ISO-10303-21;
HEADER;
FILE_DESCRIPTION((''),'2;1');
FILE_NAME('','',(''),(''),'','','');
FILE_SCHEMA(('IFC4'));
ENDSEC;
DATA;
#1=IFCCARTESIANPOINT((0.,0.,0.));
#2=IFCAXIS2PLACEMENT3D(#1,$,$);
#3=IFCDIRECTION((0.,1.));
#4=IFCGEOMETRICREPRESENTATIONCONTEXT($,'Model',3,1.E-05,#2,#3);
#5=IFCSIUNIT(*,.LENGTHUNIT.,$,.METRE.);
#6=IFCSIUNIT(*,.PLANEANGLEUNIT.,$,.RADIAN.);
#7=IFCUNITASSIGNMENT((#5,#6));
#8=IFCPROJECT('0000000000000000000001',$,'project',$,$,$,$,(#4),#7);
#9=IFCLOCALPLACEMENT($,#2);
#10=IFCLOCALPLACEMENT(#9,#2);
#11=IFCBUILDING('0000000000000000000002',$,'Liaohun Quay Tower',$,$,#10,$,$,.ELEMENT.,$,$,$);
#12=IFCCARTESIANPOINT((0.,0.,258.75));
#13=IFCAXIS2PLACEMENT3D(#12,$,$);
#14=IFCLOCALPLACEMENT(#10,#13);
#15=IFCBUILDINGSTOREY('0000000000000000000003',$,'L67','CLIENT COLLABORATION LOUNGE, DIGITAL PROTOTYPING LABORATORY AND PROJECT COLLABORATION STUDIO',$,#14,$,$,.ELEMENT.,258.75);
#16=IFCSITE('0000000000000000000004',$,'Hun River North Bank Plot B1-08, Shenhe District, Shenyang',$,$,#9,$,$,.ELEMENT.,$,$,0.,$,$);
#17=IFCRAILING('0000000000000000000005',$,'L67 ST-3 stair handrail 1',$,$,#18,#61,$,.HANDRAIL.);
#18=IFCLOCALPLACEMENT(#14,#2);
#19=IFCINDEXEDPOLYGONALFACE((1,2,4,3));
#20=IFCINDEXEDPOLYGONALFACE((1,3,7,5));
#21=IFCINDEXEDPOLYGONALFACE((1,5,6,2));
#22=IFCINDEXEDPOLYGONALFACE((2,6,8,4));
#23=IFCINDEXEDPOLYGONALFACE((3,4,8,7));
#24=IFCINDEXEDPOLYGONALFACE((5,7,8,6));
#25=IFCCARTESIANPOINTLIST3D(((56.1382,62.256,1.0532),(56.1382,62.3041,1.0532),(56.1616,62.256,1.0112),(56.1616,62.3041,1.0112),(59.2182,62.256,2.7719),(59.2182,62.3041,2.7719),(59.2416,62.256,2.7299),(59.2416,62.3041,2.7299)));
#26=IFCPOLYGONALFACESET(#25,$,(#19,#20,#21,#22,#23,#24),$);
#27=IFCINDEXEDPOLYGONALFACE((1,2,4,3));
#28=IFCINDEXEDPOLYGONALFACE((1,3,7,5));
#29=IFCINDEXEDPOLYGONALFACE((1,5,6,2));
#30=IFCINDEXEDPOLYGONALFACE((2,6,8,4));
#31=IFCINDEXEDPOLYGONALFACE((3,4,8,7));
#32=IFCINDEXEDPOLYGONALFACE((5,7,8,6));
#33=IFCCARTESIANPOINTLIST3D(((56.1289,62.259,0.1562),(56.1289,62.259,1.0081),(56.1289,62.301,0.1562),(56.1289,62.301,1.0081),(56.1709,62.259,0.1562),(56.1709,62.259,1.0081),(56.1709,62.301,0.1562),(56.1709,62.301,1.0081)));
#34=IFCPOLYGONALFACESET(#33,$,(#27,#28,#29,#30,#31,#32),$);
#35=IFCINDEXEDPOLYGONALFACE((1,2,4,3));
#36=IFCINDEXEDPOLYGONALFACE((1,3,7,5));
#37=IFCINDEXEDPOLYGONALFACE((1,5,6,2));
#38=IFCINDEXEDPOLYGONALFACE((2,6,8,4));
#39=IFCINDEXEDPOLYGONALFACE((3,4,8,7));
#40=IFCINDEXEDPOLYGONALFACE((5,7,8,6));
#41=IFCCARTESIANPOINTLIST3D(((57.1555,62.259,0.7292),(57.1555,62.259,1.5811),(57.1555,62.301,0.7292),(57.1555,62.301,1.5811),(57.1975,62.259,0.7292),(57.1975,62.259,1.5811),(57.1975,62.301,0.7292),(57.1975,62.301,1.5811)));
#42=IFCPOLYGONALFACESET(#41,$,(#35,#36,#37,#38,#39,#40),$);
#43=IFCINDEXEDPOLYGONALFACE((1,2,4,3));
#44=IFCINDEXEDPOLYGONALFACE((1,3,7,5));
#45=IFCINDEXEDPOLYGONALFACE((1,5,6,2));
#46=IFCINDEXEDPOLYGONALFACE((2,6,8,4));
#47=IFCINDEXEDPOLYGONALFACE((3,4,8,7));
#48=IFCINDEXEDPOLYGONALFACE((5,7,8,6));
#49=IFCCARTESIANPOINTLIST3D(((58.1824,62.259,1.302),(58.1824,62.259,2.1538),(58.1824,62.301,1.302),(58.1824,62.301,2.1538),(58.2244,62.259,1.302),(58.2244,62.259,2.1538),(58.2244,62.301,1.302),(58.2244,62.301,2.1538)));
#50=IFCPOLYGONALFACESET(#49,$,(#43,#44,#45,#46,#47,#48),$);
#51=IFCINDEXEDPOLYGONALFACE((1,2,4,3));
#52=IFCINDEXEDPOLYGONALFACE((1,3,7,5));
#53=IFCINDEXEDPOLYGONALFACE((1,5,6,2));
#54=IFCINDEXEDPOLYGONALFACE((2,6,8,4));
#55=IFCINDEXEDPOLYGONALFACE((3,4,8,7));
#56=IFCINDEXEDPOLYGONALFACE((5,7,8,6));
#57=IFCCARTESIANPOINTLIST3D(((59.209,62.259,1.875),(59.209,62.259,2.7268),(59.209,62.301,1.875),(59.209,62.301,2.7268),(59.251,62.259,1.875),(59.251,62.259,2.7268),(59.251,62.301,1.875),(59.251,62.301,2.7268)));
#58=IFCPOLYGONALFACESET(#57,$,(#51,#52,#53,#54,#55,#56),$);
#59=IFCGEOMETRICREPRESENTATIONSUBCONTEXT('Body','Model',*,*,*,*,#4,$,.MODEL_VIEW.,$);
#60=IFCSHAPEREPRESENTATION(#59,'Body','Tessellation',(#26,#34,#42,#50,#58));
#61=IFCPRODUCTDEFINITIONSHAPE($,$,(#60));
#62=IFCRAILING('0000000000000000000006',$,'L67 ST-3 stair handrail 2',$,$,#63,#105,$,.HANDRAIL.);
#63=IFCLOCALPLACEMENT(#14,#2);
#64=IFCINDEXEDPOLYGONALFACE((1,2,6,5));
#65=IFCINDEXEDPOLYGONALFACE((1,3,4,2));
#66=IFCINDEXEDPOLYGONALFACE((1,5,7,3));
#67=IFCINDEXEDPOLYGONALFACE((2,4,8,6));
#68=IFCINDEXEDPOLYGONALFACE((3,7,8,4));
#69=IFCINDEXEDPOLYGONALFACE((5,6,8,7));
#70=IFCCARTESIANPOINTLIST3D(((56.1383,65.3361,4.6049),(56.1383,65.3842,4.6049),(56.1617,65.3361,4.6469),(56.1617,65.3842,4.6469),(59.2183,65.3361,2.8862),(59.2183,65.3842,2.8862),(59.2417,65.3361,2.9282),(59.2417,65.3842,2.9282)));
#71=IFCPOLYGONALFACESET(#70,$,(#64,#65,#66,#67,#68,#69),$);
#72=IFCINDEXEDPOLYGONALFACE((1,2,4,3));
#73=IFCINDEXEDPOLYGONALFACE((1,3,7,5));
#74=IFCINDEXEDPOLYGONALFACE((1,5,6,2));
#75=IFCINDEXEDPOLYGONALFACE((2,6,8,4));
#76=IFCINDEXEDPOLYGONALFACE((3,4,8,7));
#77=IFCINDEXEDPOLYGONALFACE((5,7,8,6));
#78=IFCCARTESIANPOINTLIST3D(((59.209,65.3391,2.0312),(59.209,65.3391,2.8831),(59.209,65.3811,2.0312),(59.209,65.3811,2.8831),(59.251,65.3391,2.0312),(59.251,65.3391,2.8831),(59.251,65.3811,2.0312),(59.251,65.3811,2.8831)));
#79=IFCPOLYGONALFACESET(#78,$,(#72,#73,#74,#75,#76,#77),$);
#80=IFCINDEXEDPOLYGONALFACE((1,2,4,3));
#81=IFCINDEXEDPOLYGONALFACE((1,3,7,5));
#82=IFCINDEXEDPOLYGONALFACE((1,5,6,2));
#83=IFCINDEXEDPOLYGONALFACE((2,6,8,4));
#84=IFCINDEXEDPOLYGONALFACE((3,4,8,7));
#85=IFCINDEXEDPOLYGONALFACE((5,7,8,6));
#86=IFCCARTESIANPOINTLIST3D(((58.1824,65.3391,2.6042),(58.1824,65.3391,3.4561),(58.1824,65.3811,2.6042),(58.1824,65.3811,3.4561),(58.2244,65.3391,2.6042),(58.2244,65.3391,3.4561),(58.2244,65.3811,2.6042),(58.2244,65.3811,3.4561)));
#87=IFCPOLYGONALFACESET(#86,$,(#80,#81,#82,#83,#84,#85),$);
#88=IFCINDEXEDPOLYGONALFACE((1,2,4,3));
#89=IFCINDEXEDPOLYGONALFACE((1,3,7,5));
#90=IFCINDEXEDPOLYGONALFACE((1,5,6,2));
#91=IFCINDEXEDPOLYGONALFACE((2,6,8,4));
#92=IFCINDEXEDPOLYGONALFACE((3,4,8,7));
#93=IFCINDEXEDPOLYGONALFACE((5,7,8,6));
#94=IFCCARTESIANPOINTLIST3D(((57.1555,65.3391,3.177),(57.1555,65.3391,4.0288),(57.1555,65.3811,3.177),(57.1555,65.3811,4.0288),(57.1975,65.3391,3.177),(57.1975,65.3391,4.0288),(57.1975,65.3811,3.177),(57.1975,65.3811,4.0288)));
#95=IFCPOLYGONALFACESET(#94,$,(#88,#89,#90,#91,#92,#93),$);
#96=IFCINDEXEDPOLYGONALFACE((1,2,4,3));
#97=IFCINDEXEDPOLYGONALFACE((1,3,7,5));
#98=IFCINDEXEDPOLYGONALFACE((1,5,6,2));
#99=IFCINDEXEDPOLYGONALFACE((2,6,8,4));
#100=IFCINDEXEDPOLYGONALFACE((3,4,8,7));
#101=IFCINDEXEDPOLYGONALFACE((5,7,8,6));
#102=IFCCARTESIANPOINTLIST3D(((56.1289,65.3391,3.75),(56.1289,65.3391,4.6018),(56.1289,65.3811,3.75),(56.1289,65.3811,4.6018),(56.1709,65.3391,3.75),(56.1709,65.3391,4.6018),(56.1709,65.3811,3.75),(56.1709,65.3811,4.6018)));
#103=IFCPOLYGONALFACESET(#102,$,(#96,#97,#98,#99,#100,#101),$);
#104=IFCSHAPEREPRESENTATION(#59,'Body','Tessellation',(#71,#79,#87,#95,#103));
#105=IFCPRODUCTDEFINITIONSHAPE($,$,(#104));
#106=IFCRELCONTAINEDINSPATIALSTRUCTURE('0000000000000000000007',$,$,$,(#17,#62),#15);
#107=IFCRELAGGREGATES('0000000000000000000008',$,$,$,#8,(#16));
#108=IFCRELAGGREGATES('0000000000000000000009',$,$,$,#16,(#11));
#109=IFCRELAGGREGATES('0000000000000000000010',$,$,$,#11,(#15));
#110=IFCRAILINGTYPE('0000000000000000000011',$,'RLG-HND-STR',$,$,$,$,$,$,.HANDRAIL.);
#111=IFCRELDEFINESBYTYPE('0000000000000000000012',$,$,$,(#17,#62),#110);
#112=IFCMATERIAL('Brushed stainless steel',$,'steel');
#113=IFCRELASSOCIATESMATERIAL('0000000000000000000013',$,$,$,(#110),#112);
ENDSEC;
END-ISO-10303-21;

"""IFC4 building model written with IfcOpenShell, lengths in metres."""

from ifc_helpers import new_model, si_unit, direction, frame, origin, origin_2d, place, context, subcontext, project, spatial, rectangle, extrude, material, type_object, element, save


model = new_model("IFC4")

# Units and contexts
model_context = context("Model", 3, precision=1e-05, world=origin(), true_north=direction((0.0, 1.0)))
body_context = subcontext(model_context, "Body", "Model", "MODEL_VIEW")
ifc_project = project(units=[si_unit("LENGTHUNIT", "METRE"), si_unit("PLANEANGLEUNIT", "RADIAN")], contexts=[model_context])

# Site, building, storey
site_placement = place(None, origin())
site = spatial("IfcSite", under=ifc_project, at=site_placement, Name="Hun River North Bank Plot B1-08, Shenhe District, Shenyang", CompositionType="ELEMENT", RefElevation=0.0)
building_placement = place(site_placement, origin())
building = spatial("IfcBuilding", under=site, at=building_placement, Name="Liaohun Quay Tower", CompositionType="ELEMENT")
storey_placement = place(building_placement, frame((0.0, 0.0, 258.75)))
storey = spatial("IfcBuildingStorey", under=building, at=storey_placement, Name="L67", Description="CLIENT COLLABORATION LOUNGE, DIGITAL PROTOTYPING LABORATORY AND PROJECT COLLABORATION STUDIO", CompositionType="ELEMENT", Elevation=258.75)

# Railings
ifc_material_1 = material(Name="Brushed stainless steel", Category="steel")
railing_type_1 = type_object("IfcRailingType", Name="RLG-HND-STR", PredefinedType="HANDRAIL", material=ifc_material_1)
railing_1_placement = place(storey_placement, frame((56.1499, 62.28, 0.1562)))
element("IfcRailing", 1, at=railing_1_placement, inside=storey, type_object=railing_type_1, Name="L67 ST-3 stair handrail 1", PredefinedType="HANDRAIL", context=body_context, shape_type="SweptSolid", body=[
    extrude(rectangle(XDim=0.0481, YDim=0.0481, at=origin_2d()), frame((0.0, 0.0, 0.876), z_axis=(0.873242, 0.0, 0.487288), x_axis=(0.0, 1.0, 0.0)), (0.0, 0.0, 1.0), 3.5271),
    extrude(rectangle(XDim=0.042, YDim=0.042, at=origin_2d()), origin(), (0.0, 0.0, 1.0), 0.8518),
    extrude(rectangle(XDim=0.042, YDim=0.042, at=origin_2d()), frame((1.0266, 0.0, 0.573)), (0.0, 0.0, 1.0), 0.8518),
    extrude(rectangle(XDim=0.042, YDim=0.042, at=origin_2d()), frame((2.0535, 0.0, 1.1458)), (0.0, 0.0, 1.0), 0.8518),
    extrude(rectangle(XDim=0.042, YDim=0.042, at=origin_2d()), frame((3.0801, 0.0, 1.7188)), (0.0, 0.0, 1.0), 0.8518),
])
railing_2_placement = place(storey_placement, frame((59.23, 65.3601, 2.0312)))
element("IfcRailing", 2, at=railing_2_placement, inside=storey, type_object=railing_type_1, Name="L67 ST-3 stair handrail 2", PredefinedType="HANDRAIL", context=body_context, shape_type="SweptSolid", body=[
    extrude(rectangle(XDim=0.0481, YDim=0.0481, at=origin_2d()), frame((0.0, 0.0, 0.876), z_axis=(-0.873242, 0.0, 0.487288), x_axis=(0.0, -1.0, 0.0)), (0.0, 0.0, 1.0), 3.5271),
    extrude(rectangle(XDim=0.042, YDim=0.042, at=origin_2d()), origin(), (0.0, 0.0, 1.0), 0.8518),
    extrude(rectangle(XDim=0.042, YDim=0.042, at=origin_2d()), frame((-1.0266, 0.0, 0.573)), (0.0, 0.0, 1.0), 0.8518),
    extrude(rectangle(XDim=0.042, YDim=0.042, at=origin_2d()), frame((-2.0535, 0.0, 1.1458)), (0.0, 0.0, 1.0), 0.8518),
    extrude(rectangle(XDim=0.042, YDim=0.042, at=origin_2d()), frame((-3.0801, 0.0, 1.7188)), (0.0, 0.0, 1.0), 0.8518),
])

save(model, "model.ifc")
